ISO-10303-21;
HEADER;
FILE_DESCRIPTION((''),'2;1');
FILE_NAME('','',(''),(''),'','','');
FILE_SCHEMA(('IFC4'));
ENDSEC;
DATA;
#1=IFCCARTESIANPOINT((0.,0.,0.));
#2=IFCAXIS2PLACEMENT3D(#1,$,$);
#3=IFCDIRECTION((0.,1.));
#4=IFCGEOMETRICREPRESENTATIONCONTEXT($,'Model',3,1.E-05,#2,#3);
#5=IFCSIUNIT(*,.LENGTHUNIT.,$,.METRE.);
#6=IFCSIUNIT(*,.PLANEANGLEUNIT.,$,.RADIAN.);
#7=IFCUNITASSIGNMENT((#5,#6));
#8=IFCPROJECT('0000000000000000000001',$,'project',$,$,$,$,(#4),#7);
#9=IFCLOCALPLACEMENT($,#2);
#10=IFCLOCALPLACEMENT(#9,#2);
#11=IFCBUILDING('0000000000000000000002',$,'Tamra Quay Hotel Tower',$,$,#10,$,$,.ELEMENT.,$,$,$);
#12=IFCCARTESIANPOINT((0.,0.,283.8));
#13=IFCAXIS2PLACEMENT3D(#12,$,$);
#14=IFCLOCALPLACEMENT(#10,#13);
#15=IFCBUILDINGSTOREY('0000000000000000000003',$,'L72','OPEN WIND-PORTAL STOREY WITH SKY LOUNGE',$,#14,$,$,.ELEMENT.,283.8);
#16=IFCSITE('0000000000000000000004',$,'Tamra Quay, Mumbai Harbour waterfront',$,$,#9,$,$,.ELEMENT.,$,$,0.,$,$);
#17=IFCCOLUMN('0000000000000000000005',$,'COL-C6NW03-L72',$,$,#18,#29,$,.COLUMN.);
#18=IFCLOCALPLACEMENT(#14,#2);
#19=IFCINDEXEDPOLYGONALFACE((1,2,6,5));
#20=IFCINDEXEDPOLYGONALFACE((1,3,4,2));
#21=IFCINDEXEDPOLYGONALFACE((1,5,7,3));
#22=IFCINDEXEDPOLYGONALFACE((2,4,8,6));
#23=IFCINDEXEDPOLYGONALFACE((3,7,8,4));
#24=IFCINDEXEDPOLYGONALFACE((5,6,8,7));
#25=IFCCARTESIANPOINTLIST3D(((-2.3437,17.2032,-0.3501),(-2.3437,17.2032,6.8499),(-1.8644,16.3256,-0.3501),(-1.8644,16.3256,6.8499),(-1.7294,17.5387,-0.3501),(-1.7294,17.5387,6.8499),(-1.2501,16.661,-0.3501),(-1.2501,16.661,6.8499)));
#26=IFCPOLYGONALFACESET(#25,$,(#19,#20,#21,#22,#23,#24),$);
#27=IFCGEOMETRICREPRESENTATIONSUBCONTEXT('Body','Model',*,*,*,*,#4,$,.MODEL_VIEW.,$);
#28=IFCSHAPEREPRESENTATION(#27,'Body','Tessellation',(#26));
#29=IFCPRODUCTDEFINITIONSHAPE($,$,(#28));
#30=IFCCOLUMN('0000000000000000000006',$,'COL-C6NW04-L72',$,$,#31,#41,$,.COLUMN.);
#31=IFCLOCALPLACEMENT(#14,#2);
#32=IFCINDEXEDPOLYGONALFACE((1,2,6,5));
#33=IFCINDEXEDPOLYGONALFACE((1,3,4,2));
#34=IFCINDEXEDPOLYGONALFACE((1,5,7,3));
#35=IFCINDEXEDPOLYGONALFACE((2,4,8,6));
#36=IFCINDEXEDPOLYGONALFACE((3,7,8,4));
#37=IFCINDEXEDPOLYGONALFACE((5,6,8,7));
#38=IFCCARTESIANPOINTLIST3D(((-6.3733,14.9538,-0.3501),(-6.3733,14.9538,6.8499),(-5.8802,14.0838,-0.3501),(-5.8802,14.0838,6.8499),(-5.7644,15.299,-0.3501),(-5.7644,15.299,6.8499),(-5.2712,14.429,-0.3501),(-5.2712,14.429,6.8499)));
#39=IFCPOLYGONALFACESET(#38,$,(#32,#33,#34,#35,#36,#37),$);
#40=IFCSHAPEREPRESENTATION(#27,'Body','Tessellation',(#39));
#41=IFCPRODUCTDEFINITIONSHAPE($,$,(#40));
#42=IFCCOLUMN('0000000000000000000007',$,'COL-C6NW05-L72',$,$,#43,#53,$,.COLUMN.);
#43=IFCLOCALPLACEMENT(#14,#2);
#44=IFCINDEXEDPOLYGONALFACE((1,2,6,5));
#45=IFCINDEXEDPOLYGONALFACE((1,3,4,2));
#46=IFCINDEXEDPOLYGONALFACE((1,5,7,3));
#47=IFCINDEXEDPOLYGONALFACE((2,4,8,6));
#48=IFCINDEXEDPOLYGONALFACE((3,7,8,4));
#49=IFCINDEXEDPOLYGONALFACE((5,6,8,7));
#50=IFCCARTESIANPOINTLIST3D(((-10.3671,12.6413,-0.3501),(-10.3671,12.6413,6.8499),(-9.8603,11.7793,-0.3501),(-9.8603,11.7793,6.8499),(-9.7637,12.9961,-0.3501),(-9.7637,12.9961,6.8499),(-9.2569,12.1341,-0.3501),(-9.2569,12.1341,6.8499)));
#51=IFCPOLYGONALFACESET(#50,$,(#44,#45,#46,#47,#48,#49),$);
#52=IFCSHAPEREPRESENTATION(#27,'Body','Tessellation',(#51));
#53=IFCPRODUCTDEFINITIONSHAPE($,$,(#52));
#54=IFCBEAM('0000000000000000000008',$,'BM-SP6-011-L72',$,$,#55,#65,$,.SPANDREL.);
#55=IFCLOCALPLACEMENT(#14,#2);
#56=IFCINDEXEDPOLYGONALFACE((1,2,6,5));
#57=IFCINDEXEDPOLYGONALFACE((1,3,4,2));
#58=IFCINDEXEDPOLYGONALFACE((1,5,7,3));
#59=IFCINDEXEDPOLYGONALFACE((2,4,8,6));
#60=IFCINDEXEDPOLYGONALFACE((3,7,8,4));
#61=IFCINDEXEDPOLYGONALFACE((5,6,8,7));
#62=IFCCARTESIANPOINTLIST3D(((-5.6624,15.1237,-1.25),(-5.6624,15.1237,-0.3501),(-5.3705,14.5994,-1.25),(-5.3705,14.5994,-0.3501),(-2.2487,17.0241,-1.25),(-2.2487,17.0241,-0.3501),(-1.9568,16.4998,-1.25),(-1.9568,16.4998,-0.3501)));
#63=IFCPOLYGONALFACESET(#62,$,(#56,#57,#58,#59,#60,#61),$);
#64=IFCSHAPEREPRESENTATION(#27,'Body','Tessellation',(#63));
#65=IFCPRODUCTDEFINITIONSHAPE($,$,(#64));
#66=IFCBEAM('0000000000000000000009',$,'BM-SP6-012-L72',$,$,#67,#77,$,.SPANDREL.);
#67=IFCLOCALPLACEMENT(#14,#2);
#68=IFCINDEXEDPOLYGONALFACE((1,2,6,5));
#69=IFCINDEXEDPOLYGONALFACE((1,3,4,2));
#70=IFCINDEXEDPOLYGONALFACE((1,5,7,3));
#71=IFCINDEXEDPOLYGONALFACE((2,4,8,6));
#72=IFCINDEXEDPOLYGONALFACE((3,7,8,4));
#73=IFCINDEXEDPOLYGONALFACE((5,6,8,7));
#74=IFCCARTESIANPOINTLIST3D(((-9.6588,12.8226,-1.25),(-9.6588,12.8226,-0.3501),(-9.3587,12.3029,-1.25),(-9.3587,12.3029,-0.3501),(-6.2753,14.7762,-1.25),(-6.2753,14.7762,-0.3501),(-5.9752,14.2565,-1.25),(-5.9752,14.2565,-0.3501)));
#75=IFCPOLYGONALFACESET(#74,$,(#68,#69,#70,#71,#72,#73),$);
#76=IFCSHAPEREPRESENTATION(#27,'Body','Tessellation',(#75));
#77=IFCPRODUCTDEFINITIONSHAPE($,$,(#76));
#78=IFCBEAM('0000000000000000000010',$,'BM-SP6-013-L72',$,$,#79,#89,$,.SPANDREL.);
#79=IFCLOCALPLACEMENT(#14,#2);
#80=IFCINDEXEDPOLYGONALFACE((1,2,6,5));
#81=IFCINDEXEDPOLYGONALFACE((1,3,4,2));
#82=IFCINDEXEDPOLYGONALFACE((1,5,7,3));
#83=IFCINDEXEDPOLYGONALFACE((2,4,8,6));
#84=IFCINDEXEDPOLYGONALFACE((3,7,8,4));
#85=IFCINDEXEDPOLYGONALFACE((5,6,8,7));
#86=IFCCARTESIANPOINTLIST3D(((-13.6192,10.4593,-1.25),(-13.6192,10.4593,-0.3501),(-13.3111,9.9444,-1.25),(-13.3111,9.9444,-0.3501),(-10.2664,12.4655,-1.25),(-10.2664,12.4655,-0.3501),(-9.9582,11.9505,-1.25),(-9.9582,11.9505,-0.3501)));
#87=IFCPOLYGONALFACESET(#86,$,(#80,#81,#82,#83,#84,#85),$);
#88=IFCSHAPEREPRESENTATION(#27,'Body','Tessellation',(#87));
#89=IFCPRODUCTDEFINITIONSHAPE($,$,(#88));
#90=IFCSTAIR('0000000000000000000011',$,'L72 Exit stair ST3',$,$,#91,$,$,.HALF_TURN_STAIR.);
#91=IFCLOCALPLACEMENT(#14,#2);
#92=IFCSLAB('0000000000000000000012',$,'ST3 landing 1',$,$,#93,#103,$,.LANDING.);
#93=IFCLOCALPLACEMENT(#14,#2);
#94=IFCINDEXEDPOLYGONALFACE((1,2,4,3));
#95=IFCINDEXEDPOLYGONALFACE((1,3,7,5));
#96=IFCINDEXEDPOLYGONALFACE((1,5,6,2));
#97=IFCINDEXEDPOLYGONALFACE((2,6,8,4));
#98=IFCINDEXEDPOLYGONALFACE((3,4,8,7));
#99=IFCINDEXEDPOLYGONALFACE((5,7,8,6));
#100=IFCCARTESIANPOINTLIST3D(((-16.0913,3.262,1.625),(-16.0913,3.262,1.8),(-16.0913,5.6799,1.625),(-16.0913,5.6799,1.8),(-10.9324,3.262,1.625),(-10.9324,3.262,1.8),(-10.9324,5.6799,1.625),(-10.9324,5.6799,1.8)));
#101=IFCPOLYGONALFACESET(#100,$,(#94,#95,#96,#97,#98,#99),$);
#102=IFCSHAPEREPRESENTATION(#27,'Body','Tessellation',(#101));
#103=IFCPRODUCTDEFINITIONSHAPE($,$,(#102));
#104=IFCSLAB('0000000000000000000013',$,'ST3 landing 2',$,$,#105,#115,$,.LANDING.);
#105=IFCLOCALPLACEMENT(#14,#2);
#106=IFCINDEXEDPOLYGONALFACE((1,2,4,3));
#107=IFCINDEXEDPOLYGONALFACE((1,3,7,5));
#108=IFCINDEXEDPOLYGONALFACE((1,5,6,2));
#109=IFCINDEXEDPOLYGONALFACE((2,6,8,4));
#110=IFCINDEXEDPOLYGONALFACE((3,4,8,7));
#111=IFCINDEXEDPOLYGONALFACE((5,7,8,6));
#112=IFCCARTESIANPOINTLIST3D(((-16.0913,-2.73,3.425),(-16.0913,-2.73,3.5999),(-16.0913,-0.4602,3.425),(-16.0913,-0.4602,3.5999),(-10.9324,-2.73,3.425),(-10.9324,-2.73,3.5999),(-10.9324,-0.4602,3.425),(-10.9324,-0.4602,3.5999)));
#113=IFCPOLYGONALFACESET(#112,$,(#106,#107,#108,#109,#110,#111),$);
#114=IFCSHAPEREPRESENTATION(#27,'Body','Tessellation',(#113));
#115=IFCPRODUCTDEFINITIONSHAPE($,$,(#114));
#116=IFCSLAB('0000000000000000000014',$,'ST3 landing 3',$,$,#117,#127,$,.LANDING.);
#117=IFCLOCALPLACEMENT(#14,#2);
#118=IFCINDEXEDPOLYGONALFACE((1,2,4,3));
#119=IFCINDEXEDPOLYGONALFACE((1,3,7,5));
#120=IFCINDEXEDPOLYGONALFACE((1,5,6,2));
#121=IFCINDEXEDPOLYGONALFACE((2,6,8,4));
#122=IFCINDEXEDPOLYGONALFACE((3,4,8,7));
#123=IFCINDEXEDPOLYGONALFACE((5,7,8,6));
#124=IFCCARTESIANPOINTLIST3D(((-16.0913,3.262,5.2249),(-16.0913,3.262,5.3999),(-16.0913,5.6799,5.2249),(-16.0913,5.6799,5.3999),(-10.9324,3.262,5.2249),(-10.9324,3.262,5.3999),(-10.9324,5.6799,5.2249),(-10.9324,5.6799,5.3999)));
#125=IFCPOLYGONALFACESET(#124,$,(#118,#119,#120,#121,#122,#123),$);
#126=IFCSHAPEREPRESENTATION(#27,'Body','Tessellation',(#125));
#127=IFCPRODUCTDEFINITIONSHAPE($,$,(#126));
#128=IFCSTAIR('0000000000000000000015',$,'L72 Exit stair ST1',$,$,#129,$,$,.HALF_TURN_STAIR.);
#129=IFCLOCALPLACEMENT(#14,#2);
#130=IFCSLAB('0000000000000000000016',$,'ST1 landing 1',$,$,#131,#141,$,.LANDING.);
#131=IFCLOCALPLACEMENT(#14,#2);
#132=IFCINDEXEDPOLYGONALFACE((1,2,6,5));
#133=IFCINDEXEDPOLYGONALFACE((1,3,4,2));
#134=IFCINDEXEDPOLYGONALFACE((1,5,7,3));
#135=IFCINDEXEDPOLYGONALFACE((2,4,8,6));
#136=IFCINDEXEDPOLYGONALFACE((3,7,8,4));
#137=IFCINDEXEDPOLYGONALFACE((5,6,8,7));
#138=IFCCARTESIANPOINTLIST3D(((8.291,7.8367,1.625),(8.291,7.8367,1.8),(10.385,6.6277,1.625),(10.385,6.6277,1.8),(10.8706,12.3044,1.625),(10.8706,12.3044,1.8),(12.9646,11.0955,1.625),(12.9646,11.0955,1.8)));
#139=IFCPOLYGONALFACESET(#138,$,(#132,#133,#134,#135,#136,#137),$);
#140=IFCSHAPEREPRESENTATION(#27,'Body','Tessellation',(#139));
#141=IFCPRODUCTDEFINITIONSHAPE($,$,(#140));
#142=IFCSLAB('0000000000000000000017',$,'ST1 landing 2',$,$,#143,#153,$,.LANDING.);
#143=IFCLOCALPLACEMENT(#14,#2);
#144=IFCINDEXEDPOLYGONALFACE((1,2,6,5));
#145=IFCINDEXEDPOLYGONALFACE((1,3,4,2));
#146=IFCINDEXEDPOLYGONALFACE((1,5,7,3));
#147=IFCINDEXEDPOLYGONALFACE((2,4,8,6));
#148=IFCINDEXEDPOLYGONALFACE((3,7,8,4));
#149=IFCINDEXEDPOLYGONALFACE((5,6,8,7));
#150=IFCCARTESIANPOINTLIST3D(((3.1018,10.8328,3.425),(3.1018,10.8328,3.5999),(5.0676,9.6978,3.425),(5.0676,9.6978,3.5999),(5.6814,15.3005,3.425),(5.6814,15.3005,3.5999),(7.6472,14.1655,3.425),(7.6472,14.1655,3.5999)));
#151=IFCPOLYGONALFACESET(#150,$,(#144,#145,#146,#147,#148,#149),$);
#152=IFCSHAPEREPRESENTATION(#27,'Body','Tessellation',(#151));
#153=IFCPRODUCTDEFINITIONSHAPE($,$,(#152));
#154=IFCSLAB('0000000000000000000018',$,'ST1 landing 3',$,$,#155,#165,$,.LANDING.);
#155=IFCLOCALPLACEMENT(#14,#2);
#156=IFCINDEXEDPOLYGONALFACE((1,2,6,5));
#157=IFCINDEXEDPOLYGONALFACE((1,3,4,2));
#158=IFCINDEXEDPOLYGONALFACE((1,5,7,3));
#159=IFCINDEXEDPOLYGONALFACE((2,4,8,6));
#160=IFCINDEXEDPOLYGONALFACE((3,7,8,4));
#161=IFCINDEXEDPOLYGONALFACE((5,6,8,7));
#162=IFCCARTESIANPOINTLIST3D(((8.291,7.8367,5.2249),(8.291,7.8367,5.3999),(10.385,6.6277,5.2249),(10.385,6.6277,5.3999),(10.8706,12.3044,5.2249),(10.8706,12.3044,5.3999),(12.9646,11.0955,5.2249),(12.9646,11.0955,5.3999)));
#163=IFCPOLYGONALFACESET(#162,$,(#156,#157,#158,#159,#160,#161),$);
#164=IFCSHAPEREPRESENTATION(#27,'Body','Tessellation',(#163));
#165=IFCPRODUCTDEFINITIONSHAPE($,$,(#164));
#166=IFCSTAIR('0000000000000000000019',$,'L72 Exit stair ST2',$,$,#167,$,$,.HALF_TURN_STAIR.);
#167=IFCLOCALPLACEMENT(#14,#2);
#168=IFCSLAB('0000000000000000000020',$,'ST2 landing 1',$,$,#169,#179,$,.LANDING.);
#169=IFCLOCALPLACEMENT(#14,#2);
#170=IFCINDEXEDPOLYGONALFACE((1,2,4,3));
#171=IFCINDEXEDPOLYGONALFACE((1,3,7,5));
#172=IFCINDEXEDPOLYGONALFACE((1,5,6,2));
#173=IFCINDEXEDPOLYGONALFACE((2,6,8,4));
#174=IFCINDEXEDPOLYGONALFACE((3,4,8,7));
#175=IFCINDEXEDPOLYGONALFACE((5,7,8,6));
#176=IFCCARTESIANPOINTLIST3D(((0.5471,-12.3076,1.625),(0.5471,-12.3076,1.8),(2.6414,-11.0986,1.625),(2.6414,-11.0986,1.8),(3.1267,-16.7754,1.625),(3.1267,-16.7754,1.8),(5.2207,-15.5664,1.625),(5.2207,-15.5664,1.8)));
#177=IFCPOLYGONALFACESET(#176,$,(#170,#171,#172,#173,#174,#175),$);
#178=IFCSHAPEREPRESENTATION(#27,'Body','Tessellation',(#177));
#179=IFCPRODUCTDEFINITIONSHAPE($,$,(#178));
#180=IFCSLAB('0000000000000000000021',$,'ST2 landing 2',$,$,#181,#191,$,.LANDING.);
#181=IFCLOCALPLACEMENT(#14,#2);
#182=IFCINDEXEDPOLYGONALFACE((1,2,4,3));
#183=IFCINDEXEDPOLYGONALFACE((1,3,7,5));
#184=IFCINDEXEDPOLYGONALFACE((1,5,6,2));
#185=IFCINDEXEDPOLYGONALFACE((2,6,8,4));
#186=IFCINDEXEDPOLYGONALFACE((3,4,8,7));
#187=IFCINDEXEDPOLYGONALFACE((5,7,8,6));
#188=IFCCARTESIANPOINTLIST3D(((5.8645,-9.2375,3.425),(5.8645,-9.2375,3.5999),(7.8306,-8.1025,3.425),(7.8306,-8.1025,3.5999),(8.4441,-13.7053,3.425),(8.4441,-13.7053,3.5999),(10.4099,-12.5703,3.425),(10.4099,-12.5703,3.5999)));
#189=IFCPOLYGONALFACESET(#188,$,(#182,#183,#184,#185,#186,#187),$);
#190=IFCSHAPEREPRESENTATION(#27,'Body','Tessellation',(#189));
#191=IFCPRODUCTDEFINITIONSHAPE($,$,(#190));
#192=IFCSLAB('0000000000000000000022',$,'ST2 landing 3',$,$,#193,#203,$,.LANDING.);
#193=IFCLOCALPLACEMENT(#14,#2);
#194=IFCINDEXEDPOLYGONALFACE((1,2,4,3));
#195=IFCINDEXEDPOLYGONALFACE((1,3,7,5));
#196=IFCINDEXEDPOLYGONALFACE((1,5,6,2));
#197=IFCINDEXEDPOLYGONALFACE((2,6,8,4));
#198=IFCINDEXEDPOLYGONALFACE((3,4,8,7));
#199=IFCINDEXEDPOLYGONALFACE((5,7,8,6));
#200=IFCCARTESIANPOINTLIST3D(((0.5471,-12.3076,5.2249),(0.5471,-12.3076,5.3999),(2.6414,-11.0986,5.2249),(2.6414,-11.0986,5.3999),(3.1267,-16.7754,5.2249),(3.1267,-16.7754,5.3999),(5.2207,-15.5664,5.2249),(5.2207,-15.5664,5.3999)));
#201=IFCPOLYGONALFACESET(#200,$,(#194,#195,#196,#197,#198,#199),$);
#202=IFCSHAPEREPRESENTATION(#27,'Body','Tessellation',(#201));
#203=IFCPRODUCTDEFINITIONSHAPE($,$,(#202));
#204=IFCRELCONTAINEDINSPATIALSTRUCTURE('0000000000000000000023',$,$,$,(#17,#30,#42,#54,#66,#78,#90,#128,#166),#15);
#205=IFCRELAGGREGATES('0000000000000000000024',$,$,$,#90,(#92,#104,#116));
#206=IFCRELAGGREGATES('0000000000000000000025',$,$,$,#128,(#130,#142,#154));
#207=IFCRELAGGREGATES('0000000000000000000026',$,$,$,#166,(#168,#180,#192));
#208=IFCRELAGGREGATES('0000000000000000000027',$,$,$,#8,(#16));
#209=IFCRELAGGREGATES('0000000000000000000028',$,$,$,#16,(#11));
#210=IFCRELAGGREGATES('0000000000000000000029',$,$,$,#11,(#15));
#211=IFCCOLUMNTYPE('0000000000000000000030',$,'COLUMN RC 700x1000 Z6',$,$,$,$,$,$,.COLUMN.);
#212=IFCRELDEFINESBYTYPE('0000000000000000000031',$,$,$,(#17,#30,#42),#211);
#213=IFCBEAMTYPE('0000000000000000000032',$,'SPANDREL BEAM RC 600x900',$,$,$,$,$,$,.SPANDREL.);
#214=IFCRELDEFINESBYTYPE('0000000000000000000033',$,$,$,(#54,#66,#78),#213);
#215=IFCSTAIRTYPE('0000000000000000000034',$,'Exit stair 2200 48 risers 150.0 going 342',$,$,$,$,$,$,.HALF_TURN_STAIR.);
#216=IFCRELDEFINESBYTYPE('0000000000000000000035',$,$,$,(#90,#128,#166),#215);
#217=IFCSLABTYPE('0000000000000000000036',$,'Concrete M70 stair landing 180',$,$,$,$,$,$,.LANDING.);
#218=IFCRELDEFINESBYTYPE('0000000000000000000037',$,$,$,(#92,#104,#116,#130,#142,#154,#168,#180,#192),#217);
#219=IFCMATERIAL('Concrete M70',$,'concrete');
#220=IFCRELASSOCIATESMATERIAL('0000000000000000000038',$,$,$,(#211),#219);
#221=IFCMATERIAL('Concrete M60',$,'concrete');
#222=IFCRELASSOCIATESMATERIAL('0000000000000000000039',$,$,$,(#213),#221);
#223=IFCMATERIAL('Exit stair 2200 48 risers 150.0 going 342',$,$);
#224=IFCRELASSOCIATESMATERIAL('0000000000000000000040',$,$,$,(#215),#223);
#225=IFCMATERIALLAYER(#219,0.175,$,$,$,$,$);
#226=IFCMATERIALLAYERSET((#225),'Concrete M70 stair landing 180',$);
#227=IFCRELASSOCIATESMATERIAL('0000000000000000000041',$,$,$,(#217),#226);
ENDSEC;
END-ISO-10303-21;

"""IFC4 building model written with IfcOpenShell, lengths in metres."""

from ifc_helpers import new_model, si_unit, direction, frame, origin, origin_2d, place, context, subcontext, project, spatial, polyline, rectangle, outline, extrude, material, layer, layer_set, material_profile, profile_set, type_object, element, aggregate, save


model = new_model("IFC4")

# Units and contexts
model_context = context("Model", 3, precision=1e-05, world=origin(), true_north=direction((0.0, 1.0)))
body_context = subcontext(model_context, "Body", "Model", "MODEL_VIEW")
ifc_project = project(units=[si_unit("LENGTHUNIT", "METRE"), si_unit("PLANEANGLEUNIT", "RADIAN")], contexts=[model_context])

# Site, building, storey
site_placement = place(None, origin())
site = spatial("IfcSite", under=ifc_project, at=site_placement, Name="Tamra Quay, Mumbai Harbour waterfront", CompositionType="ELEMENT", RefElevation=0.0)
building_placement = place(site_placement, origin())
building = spatial("IfcBuilding", under=site, at=building_placement, Name="Tamra Quay Hotel Tower", CompositionType="ELEMENT")
storey_placement = place(building_placement, frame((0.0, 0.0, 283.8)))
storey = spatial("IfcBuildingStorey", under=building, at=storey_placement, Name="L72", Description="OPEN WIND-PORTAL STOREY WITH SKY LOUNGE", CompositionType="ELEMENT", Elevation=283.8)

# Columns
ifc_material_1 = material(Name="Concrete M70", Category="concrete")
ifc_material_profile_1 = material_profile(ifc_material_1, rectangle(XDim=1.0, YDim=0.7, at=origin_2d()), Name="COLUMN RC 700x1000 Z6")
ifc_profile_set_1 = profile_set([ifc_material_profile_1], Name="Concrete M70")
column_type = type_object("IfcColumnType", Name="COLUMN RC 700x1000 Z6", PredefinedType="COLUMN", material=ifc_profile_set_1)
for number, where, z_axis, x_axis, name in (
    (1, (-1.7969, 16.9321, -0.3501), (0.0, 0.0, 1.0), (-0.479288, 0.877658, 0.0), "COL-C6NW03-L72"),
    (2, (-5.8223, 14.6914, -0.3501), (0.0, 0.0, 1.0), (-0.493125, 0.869958, 0.0), "COL-C6NW04-L72"),
    (3, (-9.812, 12.3877, -0.3501), (0.0, 0.0, 1.0), (-0.506843, 0.862038, 0.0), "COL-C6NW05-L72"),
):
    element("IfcColumn", number, at=place(storey_placement, frame(where, z_axis=z_axis, x_axis=x_axis)), inside=storey, type_object=column_type, Name=name, PredefinedType="COLUMN", context=body_context, shape_type="SweptSolid", body=[
        extrude(rectangle(XDim=1.0, YDim=0.7, at=origin_2d()), origin(), (0.0, 0.0, 1.0), 7.2),
    ])

# Beams
ifc_material_2 = material(Name="Concrete M60", Category="concrete")
ifc_material_profile_2 = material_profile(ifc_material_2, rectangle(XDim=0.6001, YDim=0.8999, at=origin_2d()), Name="SPANDREL BEAM RC 600x900")
ifc_profile_set_2 = profile_set([ifc_material_profile_2], Name="Concrete M60")
beam_type = type_object("IfcBeamType", Name="SPANDREL BEAM RC 600x900", PredefinedType="SPANDREL", material=ifc_profile_set_2)
for number, where, z_axis, x_axis, name in (
    (4, (-2.1028, 16.762, -0.8), (-0.873727, -0.486417, 0.0), (0.486417, -0.873727, 0.0), "BM-SP6-011-L72"),
    (5, (-6.1252, 14.5164, -0.8), (-0.866012, -0.500024, 0.0), (0.500024, -0.866012, 0.0), "BM-SP6-012-L72"),
):
    element("IfcBeam", number, at=place(storey_placement, frame(where, z_axis=z_axis, x_axis=x_axis)), inside=storey, type_object=beam_type, Name=name, PredefinedType="SPANDREL", context=body_context, shape_type="SweptSolid", body=[
        extrude(rectangle(XDim=0.6001, YDim=0.8999, at=origin_2d()), origin(), (0.0, 0.0, 1.0), 3.907),
    ])
beam_placement = place(storey_placement, frame((-10.1123, 12.208, -0.8), z_axis=(-0.858121, -0.513448, 0.0), x_axis=(0.513448, -0.858121, 0.0)))
element("IfcBeam", 6, at=beam_placement, inside=storey, type_object=beam_type, Name="BM-SP6-013-L72", PredefinedType="SPANDREL", context=body_context, shape_type="SweptSolid", body=[
    extrude(rectangle(XDim=0.6001, YDim=0.8999, at=origin_2d()), origin(), (0.0, 0.0, 1.0), 3.9072),
])

# Stairs, slabs
ifc_material_3 = material(Name="Exit stair 2200 48 risers 150.0 going 342")
stair_type = type_object("IfcStairType", Name="Exit stair 2200 48 risers 150.0 going 342", PredefinedType="HALF_TURN_STAIR", material=ifc_material_3)
stair_1_placement = place(storey_placement, origin())
stair_1 = element("IfcStair", 7, at=stair_1_placement, inside=storey, type_object=stair_type, Name="L72 Exit stair ST3", PredefinedType="HALF_TURN_STAIR")
ifc_layer_1 = layer(ifc_material_1, 0.175)
ifc_layer_set_1 = layer_set([ifc_layer_1], Name="Concrete M70 stair landing 180")
slab_type_1 = type_object("IfcSlabType", Name="Concrete M70 stair landing 180", PredefinedType="LANDING", material=ifc_layer_set_1)
slab_1_placement = place(storey_placement, frame((0.0, 0.0, 1.625)))
slab_1 = element("IfcSlab", 8, at=slab_1_placement, type_object=slab_type_1, Name="ST3 landing 1", PredefinedType="LANDING", context=body_context, shape_type="SweptSolid", body=[
    extrude(outline(polyline([(-10.9324, 3.262), (-10.9324, 5.6799), (-16.0913, 5.6799), (-16.0913, 3.262), (-10.9324, 3.262)])), origin(), (0.0, 0.0, 1.0), 0.175),
])
slab_2_placement = place(storey_placement, frame((0.0, 0.0, 3.425)))
slab_2 = element("IfcSlab", 9, at=slab_2_placement, type_object=slab_type_1, Name="ST3 landing 2", PredefinedType="LANDING", context=body_context, shape_type="SweptSolid", body=[
    extrude(outline(polyline([(-10.9324, -2.73), (-10.9324, -0.4602), (-16.0913, -0.4602), (-16.0913, -2.73), (-10.9324, -2.73)])), origin(), (0.0, 0.0, 1.0), 0.1748),
])
slab_3_placement = place(storey_placement, frame((0.0, 0.0, 5.2249)))
slab_3 = element("IfcSlab", 10, at=slab_3_placement, type_object=slab_type_1, Name="ST3 landing 3", PredefinedType="LANDING", context=body_context, shape_type="SweptSolid", body=[
    extrude(outline(polyline([(-10.9324, 3.262), (-10.9324, 5.6799), (-16.0913, 5.6799), (-16.0913, 3.262), (-10.9324, 3.262)])), origin(), (0.0, 0.0, 1.0), 0.175),
])
aggregate(stair_1, [slab_1, slab_2, slab_3])
stair_2_placement = place(storey_placement, origin())
stair_2 = element("IfcStair", 11, at=stair_2_placement, inside=storey, type_object=stair_type, Name="L72 Exit stair ST1", PredefinedType="HALF_TURN_STAIR")
slab_4_placement = place(storey_placement, frame((0.0, 0.0, 1.625)))
slab_4 = element("IfcSlab", 12, at=slab_4_placement, type_object=slab_type_1, Name="ST1 landing 1", PredefinedType="LANDING", context=body_context, shape_type="SweptSolid", body=[
    extrude(outline(polyline([(8.291, 7.8367), (10.385, 6.6277), (12.9646, 11.0955), (10.8706, 12.3044), (8.291, 7.8367)])), origin(), (0.0, 0.0, 1.0), 0.175),
])
slab_5_placement = place(storey_placement, frame((0.0, 0.0, 3.425)))
slab_5 = element("IfcSlab", 13, at=slab_5_placement, type_object=slab_type_1, Name="ST1 landing 2", PredefinedType="LANDING", context=body_context, shape_type="SweptSolid", body=[
    extrude(outline(polyline([(3.1018, 10.8328), (5.0676, 9.6978), (7.6472, 14.1655), (5.6814, 15.3005), (3.1018, 10.8328)])), origin(), (0.0, 0.0, 1.0), 0.1748),
])
slab_6_placement = place(storey_placement, frame((0.0, 0.0, 5.2249)))
slab_6 = element("IfcSlab", 14, at=slab_6_placement, type_object=slab_type_1, Name="ST1 landing 3", PredefinedType="LANDING", context=body_context, shape_type="SweptSolid", body=[
    extrude(outline(polyline([(8.291, 7.8367), (10.385, 6.6277), (12.9646, 11.0955), (10.8706, 12.3044), (8.291, 7.8367)])), origin(), (0.0, 0.0, 1.0), 0.175),
])
aggregate(stair_2, [slab_4, slab_5, slab_6])
stair_3_placement = place(storey_placement, origin())
stair_3 = element("IfcStair", 15, at=stair_3_placement, inside=storey, type_object=stair_type, Name="L72 Exit stair ST2", PredefinedType="HALF_TURN_STAIR")
slab_7_placement = place(storey_placement, frame((0.0, 0.0, 1.625)))
slab_7 = element("IfcSlab", 16, at=slab_7_placement, type_object=slab_type_1, Name="ST2 landing 1", PredefinedType="LANDING", context=body_context, shape_type="SweptSolid", body=[
    extrude(outline(polyline([(2.6414, -11.0986), (0.5471, -12.3076), (3.1267, -16.7754), (5.2207, -15.5664), (2.6414, -11.0986)])), origin(), (0.0, 0.0, 1.0), 0.175),
])
slab_8_placement = place(storey_placement, frame((0.0, 0.0, 3.425)))
slab_8 = element("IfcSlab", 17, at=slab_8_placement, type_object=slab_type_1, Name="ST2 landing 2", PredefinedType="LANDING", context=body_context, shape_type="SweptSolid", body=[
    extrude(outline(polyline([(7.8306, -8.1025), (5.8645, -9.2375), (8.4441, -13.7053), (10.4099, -12.5703), (7.8306, -8.1025)])), origin(), (0.0, 0.0, 1.0), 0.1748),
])
slab_9_placement = place(storey_placement, frame((0.0, 0.0, 5.2249)))
slab_9 = element("IfcSlab", 18, at=slab_9_placement, type_object=slab_type_1, Name="ST2 landing 3", PredefinedType="LANDING", context=body_context, shape_type="SweptSolid", body=[
    extrude(outline(polyline([(2.6414, -11.0986), (0.5471, -12.3076), (3.1267, -16.7754), (5.2207, -15.5664), (2.6414, -11.0986)])), origin(), (0.0, 0.0, 1.0), 0.175),
])
aggregate(stair_3, [slab_7, slab_8, slab_9])

save(model, "model.ifc")
